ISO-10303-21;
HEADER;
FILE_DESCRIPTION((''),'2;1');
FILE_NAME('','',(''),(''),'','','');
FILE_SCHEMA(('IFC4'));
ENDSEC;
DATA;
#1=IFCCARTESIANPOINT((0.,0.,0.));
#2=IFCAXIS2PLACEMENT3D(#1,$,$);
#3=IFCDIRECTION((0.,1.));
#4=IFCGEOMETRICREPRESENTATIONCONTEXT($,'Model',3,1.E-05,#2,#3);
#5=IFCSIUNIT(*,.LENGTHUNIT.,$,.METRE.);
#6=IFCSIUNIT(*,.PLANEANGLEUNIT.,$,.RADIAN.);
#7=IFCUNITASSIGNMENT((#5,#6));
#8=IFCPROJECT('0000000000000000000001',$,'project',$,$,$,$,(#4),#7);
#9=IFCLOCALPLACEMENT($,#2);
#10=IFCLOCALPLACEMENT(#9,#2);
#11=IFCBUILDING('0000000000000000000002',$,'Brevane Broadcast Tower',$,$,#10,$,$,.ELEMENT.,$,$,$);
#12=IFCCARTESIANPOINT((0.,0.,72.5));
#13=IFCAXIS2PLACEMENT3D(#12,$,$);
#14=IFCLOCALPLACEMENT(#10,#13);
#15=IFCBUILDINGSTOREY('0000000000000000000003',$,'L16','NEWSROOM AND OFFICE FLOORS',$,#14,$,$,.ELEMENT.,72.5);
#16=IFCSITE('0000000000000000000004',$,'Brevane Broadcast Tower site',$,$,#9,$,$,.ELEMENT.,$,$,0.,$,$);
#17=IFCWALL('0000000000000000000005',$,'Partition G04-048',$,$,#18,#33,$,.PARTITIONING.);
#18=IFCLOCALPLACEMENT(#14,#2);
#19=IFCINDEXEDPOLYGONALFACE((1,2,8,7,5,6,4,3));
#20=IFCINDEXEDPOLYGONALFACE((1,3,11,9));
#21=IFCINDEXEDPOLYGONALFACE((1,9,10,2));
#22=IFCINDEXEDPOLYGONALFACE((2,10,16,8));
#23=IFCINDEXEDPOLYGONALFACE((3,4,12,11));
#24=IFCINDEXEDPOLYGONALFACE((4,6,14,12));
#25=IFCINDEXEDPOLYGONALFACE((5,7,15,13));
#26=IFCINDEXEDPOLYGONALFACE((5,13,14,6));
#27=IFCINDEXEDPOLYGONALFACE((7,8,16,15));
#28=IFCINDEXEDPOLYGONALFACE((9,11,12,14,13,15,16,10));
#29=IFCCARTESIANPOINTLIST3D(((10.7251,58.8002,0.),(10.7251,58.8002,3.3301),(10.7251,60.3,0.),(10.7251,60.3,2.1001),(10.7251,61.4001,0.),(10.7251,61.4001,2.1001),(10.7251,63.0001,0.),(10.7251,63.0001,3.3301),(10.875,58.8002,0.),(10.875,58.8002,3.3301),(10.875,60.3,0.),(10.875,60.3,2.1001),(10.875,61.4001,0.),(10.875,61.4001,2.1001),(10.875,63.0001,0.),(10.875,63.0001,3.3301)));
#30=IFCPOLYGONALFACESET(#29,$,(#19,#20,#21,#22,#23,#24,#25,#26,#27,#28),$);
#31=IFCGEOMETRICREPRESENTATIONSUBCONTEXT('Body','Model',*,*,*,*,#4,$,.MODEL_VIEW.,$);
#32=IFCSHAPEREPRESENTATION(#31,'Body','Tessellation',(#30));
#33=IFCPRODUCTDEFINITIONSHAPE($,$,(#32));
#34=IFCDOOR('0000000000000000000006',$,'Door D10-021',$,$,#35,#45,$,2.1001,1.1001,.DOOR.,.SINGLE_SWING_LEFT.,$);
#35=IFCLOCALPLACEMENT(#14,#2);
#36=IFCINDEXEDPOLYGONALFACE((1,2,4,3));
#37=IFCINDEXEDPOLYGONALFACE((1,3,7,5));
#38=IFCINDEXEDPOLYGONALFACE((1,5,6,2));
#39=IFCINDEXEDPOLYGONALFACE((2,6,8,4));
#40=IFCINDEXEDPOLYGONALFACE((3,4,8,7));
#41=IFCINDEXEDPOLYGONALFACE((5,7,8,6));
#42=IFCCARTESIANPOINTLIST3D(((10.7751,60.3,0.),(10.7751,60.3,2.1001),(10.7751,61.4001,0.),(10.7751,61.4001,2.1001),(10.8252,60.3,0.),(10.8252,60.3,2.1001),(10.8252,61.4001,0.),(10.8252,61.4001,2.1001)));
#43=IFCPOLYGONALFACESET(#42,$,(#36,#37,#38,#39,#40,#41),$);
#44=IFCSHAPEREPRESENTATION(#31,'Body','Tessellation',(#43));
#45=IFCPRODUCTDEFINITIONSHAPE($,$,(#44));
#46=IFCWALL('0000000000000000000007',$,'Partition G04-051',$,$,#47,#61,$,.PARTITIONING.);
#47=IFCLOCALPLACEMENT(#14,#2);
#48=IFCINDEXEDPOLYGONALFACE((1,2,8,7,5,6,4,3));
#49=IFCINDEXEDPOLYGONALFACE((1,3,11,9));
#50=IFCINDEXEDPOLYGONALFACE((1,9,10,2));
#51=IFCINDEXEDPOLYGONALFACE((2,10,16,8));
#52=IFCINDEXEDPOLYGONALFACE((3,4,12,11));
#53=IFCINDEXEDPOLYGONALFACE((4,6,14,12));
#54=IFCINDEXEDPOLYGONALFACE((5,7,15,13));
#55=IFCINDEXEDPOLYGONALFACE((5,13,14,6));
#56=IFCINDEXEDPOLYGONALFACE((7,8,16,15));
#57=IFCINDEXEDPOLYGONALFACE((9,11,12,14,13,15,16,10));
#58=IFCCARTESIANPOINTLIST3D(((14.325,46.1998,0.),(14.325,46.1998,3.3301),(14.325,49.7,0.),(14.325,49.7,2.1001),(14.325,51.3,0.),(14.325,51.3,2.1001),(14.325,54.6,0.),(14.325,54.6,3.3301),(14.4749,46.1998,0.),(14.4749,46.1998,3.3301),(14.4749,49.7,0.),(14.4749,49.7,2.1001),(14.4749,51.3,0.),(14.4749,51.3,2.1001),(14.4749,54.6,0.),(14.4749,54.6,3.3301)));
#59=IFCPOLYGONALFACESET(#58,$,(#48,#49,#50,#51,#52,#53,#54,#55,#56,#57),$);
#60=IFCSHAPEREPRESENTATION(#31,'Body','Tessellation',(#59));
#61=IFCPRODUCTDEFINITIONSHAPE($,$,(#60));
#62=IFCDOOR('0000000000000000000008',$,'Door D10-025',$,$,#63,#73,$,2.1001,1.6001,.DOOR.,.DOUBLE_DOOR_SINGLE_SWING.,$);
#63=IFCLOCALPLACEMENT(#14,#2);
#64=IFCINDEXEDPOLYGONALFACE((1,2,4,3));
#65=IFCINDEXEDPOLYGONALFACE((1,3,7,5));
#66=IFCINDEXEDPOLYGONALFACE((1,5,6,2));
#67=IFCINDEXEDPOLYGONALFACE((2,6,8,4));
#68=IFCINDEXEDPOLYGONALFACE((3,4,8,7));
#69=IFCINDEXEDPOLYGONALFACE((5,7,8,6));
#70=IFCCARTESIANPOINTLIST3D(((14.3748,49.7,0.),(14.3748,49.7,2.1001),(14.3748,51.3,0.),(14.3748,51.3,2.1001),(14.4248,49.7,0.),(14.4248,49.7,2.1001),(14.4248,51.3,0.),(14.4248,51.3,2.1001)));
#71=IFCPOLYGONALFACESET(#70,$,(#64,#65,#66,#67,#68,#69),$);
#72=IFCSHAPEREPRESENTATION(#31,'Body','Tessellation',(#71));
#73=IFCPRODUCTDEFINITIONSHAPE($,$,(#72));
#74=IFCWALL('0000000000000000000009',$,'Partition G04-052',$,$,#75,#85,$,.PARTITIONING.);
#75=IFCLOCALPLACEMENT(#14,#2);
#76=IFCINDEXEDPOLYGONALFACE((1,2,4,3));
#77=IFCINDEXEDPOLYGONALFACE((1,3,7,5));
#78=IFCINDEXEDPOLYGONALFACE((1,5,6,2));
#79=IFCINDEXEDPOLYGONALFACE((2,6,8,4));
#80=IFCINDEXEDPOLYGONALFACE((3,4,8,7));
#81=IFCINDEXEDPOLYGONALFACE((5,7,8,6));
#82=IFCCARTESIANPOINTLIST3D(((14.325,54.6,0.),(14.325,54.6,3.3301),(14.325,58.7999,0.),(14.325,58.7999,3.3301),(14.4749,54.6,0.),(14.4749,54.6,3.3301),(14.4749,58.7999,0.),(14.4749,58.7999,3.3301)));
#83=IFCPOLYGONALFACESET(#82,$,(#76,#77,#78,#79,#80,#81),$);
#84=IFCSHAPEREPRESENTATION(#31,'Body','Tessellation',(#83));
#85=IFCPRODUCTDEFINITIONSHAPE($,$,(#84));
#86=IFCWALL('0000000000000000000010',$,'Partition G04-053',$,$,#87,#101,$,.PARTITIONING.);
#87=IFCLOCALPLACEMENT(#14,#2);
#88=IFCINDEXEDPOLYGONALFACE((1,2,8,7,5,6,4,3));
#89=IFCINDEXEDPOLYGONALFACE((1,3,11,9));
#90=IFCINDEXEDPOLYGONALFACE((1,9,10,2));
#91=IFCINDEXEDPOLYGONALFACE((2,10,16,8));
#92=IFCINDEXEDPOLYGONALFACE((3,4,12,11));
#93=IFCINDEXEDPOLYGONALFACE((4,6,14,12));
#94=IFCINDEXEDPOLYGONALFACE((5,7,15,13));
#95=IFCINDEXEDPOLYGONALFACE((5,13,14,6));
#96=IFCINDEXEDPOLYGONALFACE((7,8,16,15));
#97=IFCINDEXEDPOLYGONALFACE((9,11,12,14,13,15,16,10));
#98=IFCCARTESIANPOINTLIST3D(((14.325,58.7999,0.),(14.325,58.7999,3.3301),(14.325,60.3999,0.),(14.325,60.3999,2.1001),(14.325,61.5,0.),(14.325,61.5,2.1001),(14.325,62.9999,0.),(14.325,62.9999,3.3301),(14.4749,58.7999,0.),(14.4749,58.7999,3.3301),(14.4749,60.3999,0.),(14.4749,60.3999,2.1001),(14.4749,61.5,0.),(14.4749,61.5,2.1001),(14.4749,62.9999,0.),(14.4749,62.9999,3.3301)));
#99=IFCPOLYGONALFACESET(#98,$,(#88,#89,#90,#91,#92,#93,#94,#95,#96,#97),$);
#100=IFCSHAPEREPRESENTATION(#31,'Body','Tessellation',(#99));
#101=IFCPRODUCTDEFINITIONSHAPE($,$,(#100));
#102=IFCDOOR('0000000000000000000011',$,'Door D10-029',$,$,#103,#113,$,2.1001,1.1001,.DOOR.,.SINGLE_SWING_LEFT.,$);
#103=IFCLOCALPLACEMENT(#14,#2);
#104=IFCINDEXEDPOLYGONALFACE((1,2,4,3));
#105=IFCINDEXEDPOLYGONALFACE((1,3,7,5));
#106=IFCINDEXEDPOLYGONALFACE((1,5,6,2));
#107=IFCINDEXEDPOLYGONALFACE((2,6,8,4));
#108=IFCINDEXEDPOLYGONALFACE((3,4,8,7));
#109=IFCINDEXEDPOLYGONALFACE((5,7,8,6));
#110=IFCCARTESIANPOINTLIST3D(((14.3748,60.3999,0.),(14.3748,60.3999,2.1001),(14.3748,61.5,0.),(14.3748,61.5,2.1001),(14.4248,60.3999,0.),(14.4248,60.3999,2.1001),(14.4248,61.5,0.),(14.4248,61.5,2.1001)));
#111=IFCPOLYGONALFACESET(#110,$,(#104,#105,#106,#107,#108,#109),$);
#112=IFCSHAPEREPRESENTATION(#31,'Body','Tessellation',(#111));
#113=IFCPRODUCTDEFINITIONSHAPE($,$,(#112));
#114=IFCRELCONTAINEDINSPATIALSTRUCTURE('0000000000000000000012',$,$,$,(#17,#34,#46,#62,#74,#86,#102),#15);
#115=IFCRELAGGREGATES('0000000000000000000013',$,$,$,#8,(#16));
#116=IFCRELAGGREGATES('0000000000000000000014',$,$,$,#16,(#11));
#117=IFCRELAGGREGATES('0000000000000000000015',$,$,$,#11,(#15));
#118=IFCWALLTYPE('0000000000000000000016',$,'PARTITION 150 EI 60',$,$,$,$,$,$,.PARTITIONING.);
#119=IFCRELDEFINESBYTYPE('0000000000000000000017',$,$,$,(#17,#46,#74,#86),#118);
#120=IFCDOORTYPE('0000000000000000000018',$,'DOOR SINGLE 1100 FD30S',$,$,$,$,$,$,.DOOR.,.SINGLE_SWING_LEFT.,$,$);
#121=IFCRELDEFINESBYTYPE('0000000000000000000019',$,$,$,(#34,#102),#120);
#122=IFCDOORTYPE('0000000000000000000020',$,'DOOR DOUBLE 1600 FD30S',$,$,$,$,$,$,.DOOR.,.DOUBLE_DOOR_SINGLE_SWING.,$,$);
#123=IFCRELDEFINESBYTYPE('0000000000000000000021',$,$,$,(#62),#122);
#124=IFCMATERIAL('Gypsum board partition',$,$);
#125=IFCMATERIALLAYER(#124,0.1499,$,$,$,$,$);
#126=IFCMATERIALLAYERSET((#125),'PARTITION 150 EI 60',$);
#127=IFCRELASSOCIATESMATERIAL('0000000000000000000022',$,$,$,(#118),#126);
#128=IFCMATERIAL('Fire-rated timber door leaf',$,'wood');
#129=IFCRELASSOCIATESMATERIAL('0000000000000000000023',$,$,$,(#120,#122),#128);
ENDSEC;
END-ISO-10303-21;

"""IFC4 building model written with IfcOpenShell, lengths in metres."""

from ifc_helpers import new_model, si_unit, direction, frame, frame_2d, origin, place, context, subcontext, project, spatial, rectangle, extrude, material, layer, layer_set, type_object, element, fill, save


model = new_model("IFC4")

# Units and contexts
model_context = context("Model", 3, precision=1e-05, world=origin(), true_north=direction((0.0, 1.0)))
body_context = subcontext(model_context, "Body", "Model", "MODEL_VIEW")
ifc_project = project(units=[si_unit("LENGTHUNIT", "METRE"), si_unit("PLANEANGLEUNIT", "RADIAN")], contexts=[model_context])

# Site, building, storey
site_placement = place(None, origin())
site = spatial("IfcSite", under=ifc_project, at=site_placement, Name="Brevane Broadcast Tower site", CompositionType="ELEMENT", RefElevation=0.0)
building_placement = place(site_placement, origin())
building = spatial("IfcBuilding", under=site, at=building_placement, Name="Brevane Broadcast Tower", CompositionType="ELEMENT")
storey_placement = place(building_placement, frame((0.0, 0.0, 72.5)))
storey = spatial("IfcBuildingStorey", under=building, at=storey_placement, Name="L16", Description="NEWSROOM AND OFFICE FLOORS", CompositionType="ELEMENT", Elevation=72.5)

# Shared definitions
ifc_material_1 = material(Name="Gypsum board partition")

# Walls, openings, doors
ifc_layer_1 = layer(ifc_material_1, 0.1499)
ifc_layer_set_1 = layer_set([ifc_layer_1], Name="PARTITION 150 EI 60")
wall_type_1 = type_object("IfcWallType", Name="PARTITION 150 EI 60", PredefinedType="PARTITIONING", material=ifc_layer_set_1)
ifc_material_2 = material(Name="Fire-rated timber door leaf", Category="wood")
wall_1_placement = place(storey_placement, frame((10.8, 58.8, 0.0), z_axis=(0.0, 0.0, 1.0), x_axis=(0.0, 1.0, 0.0)))
wall_1 = element("IfcWall", 1, at=wall_1_placement, inside=storey, type_object=wall_type_1, Name="Partition G04-048", PredefinedType="PARTITIONING", context=body_context, shape_type="SweptSolid", body=[
    extrude(rectangle(XDim=4.2, YDim=0.1499, at=frame_2d((2.1001, 0.0))), origin(), (0.0, 0.0, 1.0), 3.3301),
])
opening_1_placement = place(wall_1_placement, frame((1.5, 0.0, 0.0)))
opening_1 = element("IfcOpeningElement", 2, at=opening_1_placement, cuts=wall_1, PredefinedType="OPENING", context=body_context, shape_type="SweptSolid", body=[
    extrude(rectangle(XDim=1.1001, YDim=2.1001, at=frame_2d((0.55, 1.05))), frame((0.0, 0.085, 0.0), z_axis=(0.0, -1.0, 0.0), x_axis=(1.0, 0.0, 0.0)), (0.0, 0.0, 1.0), 0.1699),
])
door_type_1 = type_object("IfcDoorType", Name="DOOR SINGLE 1100 FD30S", OperationType="SINGLE_SWING_LEFT", PredefinedType="DOOR", material=ifc_material_2)
door_1_placement = place(opening_1_placement, origin())
door_1 = element("IfcDoor", 3, at=door_1_placement, inside=storey, type_object=door_type_1, Name="Door D10-021", OperationType="SINGLE_SWING_LEFT", OverallHeight=2.1001, OverallWidth=1.1001, PredefinedType="DOOR", context=body_context, shape_type="SweptSolid", body=[
    extrude(rectangle(XDim=1.1001, YDim=2.1001, at=frame_2d((0.55, 1.05))), frame((0.0, 0.0249, 0.0), z_axis=(0.0, -1.0, 0.0), x_axis=(1.0, 0.0, 0.0)), (0.0, 0.0, 1.0), 0.05),
])
fill(opening_1, door_1)
wall_2_placement = place(storey_placement, frame((14.3999, 54.6001, 0.0), z_axis=(0.0, 0.0, 1.0), x_axis=(0.0, -1.0, 0.0)))
wall_2 = element("IfcWall", 4, at=wall_2_placement, inside=storey, type_object=wall_type_1, Name="Partition G04-051", PredefinedType="PARTITIONING", context=body_context, shape_type="SweptSolid", body=[
    extrude(rectangle(XDim=8.4001, YDim=0.1499, at=frame_2d((4.2002, 0.0))), origin(), (0.0, 0.0, 1.0), 3.3301),
])
opening_2_placement = place(wall_2_placement, frame((3.3, 0.0, 0.0)))
opening_2 = element("IfcOpeningElement", 5, at=opening_2_placement, cuts=wall_2, PredefinedType="OPENING", context=body_context, shape_type="SweptSolid", body=[
    extrude(rectangle(XDim=1.6001, YDim=2.1001, at=frame_2d((0.8, 1.05))), frame((0.0, 0.085, 0.0), z_axis=(0.0, -1.0, 0.0), x_axis=(1.0, 0.0, 0.0)), (0.0, 0.0, 1.0), 0.1699),
])
door_type_2 = type_object("IfcDoorType", Name="DOOR DOUBLE 1600 FD30S", OperationType="DOUBLE_DOOR_SINGLE_SWING", PredefinedType="DOOR", material=ifc_material_2)
door_2_placement = place(opening_2_placement, origin())
door_2 = element("IfcDoor", 6, at=door_2_placement, inside=storey, type_object=door_type_2, Name="Door D10-025", OperationType="DOUBLE_DOOR_SINGLE_SWING", OverallHeight=2.1001, OverallWidth=1.6001, PredefinedType="DOOR", context=body_context, shape_type="SweptSolid", body=[
    extrude(rectangle(XDim=1.6001, YDim=2.1001, at=frame_2d((0.8, 1.05))), frame((0.0, 0.0249, 0.0), z_axis=(0.0, -1.0, 0.0), x_axis=(1.0, 0.0, 0.0)), (0.0, 0.0, 1.0), 0.05),
])
fill(opening_2, door_2)

# Wall
wall_3_placement = place(storey_placement, frame((14.3999, 58.8, 0.0), z_axis=(0.0, 0.0, 1.0), x_axis=(0.0, -1.0, 0.0)))
element("IfcWall", 7, at=wall_3_placement, inside=storey, type_object=wall_type_1, Name="Partition G04-052", PredefinedType="PARTITIONING", context=body_context, shape_type="SweptSolid", body=[
    extrude(rectangle(XDim=4.2, YDim=0.1499, at=frame_2d((2.1001, 0.0))), origin(), (0.0, 0.0, 1.0), 3.3301),
])

# Wall, opening, door
wall_4_placement = place(storey_placement, frame((14.3999, 63.0, 0.0), z_axis=(0.0, 0.0, 1.0), x_axis=(0.0, -1.0, 0.0)))
wall_4 = element("IfcWall", 8, at=wall_4_placement, inside=storey, type_object=wall_type_1, Name="Partition G04-053", PredefinedType="PARTITIONING", context=body_context, shape_type="SweptSolid", body=[
    extrude(rectangle(XDim=4.2, YDim=0.1499, at=frame_2d((2.1001, 0.0))), origin(), (0.0, 0.0, 1.0), 3.3301),
])
opening_3_placement = place(wall_4_placement, frame((1.5, 0.0, 0.0)))
opening_3 = element("IfcOpeningElement", 9, at=opening_3_placement, cuts=wall_4, PredefinedType="OPENING", context=body_context, shape_type="SweptSolid", body=[
    extrude(rectangle(XDim=1.1001, YDim=2.1001, at=frame_2d((0.55, 1.05))), frame((0.0, 0.085, 0.0), z_axis=(0.0, -1.0, 0.0), x_axis=(1.0, 0.0, 0.0)), (0.0, 0.0, 1.0), 0.1699),
])
door_3_placement = place(opening_3_placement, origin())
door_3 = element("IfcDoor", 10, at=door_3_placement, inside=storey, type_object=door_type_1, Name="Door D10-029", OperationType="SINGLE_SWING_LEFT", OverallHeight=2.1001, OverallWidth=1.1001, PredefinedType="DOOR", context=body_context, shape_type="SweptSolid", body=[
    extrude(rectangle(XDim=1.1001, YDim=2.1001, at=frame_2d((0.55, 1.05))), frame((0.0, 0.0249, 0.0), z_axis=(0.0, -1.0, 0.0), x_axis=(1.0, 0.0, 0.0)), (0.0, 0.0, 1.0), 0.05),
])
fill(opening_3, door_3)

save(model, "model.ifc")
